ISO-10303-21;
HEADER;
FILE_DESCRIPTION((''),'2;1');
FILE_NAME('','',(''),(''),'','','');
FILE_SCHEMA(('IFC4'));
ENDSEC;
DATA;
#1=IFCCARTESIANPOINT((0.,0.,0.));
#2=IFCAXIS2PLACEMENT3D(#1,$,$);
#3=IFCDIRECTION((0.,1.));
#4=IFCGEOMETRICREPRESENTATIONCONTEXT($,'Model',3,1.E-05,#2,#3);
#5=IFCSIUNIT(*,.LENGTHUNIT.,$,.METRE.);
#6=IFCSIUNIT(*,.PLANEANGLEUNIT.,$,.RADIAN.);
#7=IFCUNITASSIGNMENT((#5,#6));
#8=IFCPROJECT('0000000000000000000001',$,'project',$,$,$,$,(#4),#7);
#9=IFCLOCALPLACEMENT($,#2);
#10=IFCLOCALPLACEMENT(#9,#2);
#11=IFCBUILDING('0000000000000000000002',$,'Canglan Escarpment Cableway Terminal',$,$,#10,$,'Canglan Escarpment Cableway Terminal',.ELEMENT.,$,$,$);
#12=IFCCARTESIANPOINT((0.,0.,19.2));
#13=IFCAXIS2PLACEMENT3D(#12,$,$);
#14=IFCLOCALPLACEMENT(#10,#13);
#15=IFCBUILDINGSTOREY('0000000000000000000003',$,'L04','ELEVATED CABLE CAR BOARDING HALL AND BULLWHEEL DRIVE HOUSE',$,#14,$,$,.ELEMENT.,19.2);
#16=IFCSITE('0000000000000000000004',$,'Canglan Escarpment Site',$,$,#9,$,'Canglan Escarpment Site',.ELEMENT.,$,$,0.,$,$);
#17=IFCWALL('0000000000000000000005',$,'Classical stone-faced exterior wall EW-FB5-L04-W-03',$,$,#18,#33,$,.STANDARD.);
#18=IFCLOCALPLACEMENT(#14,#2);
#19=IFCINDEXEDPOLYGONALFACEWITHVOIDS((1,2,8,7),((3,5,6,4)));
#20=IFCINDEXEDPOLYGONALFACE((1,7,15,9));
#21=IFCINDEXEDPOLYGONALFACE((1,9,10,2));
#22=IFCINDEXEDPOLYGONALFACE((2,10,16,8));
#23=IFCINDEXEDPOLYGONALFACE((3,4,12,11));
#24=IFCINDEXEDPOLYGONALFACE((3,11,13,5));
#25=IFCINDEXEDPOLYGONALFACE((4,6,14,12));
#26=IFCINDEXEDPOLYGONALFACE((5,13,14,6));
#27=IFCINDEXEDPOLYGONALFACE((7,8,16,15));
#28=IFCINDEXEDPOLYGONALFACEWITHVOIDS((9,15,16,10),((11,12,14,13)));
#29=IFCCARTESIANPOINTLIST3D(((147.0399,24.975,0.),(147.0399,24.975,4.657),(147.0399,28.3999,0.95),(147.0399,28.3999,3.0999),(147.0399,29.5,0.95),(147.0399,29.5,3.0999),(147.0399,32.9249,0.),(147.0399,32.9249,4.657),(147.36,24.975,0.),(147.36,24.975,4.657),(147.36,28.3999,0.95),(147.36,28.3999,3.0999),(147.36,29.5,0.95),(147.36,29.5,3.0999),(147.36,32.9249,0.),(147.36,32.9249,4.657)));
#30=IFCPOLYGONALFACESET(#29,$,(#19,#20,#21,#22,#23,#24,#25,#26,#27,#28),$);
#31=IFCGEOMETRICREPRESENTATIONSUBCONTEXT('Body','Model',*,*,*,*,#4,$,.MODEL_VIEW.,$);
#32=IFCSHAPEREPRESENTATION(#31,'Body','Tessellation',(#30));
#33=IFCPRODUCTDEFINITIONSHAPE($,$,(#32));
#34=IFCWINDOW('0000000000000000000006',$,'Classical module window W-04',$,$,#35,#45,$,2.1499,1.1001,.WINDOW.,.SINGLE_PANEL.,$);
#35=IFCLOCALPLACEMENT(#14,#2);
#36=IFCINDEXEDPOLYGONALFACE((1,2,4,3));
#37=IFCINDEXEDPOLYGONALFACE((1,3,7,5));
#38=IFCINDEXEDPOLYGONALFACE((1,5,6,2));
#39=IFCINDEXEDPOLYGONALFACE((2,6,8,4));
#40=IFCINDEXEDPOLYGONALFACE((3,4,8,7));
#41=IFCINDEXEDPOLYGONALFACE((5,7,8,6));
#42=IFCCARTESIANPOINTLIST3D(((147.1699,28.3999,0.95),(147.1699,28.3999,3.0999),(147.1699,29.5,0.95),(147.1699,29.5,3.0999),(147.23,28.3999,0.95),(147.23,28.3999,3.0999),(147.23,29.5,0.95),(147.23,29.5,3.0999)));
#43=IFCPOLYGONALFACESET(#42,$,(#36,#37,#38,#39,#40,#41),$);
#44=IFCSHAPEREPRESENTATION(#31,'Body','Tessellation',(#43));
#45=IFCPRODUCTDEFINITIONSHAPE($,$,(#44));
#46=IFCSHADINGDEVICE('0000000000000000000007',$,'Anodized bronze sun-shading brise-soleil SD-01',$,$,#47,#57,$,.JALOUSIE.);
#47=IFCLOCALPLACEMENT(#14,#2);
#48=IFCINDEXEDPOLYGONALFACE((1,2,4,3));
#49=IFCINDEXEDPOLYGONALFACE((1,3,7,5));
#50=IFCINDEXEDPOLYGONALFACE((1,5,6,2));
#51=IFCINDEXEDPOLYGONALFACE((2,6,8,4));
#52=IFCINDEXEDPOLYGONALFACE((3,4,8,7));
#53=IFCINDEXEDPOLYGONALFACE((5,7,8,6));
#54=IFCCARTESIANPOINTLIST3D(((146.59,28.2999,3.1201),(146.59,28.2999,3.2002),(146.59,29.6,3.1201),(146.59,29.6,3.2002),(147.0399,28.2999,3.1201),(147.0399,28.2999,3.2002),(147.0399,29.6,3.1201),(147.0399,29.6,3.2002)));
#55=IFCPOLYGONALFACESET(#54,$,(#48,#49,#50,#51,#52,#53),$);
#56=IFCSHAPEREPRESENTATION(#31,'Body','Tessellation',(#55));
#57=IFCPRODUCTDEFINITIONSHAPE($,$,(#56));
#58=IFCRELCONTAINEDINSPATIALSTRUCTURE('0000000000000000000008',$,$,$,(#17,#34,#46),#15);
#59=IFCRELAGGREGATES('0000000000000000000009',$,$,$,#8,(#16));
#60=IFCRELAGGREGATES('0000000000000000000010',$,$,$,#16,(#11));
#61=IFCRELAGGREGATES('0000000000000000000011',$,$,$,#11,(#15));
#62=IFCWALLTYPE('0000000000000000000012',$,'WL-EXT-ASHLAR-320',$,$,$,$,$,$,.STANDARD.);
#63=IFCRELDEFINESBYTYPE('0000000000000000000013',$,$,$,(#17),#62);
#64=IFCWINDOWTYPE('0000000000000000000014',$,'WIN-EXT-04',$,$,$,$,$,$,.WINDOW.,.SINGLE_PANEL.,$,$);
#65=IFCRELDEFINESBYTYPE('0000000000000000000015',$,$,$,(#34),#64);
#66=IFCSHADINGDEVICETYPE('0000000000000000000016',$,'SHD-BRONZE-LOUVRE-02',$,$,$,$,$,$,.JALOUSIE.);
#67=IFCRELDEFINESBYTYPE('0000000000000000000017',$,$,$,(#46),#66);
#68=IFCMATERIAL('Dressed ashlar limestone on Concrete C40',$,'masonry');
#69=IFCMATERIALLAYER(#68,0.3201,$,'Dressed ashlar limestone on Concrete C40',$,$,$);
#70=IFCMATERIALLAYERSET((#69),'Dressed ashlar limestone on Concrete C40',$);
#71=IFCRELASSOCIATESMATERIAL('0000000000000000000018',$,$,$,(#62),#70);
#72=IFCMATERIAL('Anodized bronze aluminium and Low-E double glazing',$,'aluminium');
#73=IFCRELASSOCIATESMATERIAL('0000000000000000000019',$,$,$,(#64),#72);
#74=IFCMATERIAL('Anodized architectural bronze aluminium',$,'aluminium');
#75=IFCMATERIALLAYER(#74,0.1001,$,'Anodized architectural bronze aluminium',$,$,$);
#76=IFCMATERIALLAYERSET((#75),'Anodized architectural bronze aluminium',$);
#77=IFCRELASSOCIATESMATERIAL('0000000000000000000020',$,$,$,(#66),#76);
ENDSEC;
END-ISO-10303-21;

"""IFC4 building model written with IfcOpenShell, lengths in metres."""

from ifc_helpers import new_model, si_unit, direction, frame, frame_2d, origin, origin_2d, place, context, subcontext, project, spatial, rectangle, extrude, material, layer, layer_set, type_object, element, fill, save


model = new_model("IFC4")

# Units and contexts
model_context = context("Model", 3, precision=1e-05, world=origin(), true_north=direction((0.0, 1.0)))
body_context = subcontext(model_context, "Body", "Model", "MODEL_VIEW")
ifc_project = project(units=[si_unit("LENGTHUNIT", "METRE"), si_unit("PLANEANGLEUNIT", "RADIAN")], contexts=[model_context])

# Site, building, storey
site_placement = place(None, origin())
site = spatial("IfcSite", under=ifc_project, at=site_placement, Name="Canglan Escarpment Site", LongName="Canglan Escarpment Site", CompositionType="ELEMENT", RefElevation=0.0)
building_placement = place(site_placement, origin())
building = spatial("IfcBuilding", under=site, at=building_placement, Name="Canglan Escarpment Cableway Terminal", LongName="Canglan Escarpment Cableway Terminal", CompositionType="ELEMENT")
storey_placement = place(building_placement, frame((0.0, 0.0, 19.2)))
storey = spatial("IfcBuildingStorey", under=building, at=storey_placement, Name="L04", Description="ELEVATED CABLE CAR BOARDING HALL AND BULLWHEEL DRIVE HOUSE", CompositionType="ELEMENT", Elevation=19.2)

# Shared definitions
ifc_material_1 = material(Name="Anodized bronze aluminium and Low-E double glazing", Category="aluminium")

# Wall, opening, window
ifc_material_2 = material(Name="Dressed ashlar limestone on Concrete C40", Category="masonry")
ifc_layer_1 = layer(ifc_material_2, 0.3201, Name="Dressed ashlar limestone on Concrete C40")
ifc_layer_set_1 = layer_set([ifc_layer_1], Name="Dressed ashlar limestone on Concrete C40")
wall_type = type_object("IfcWallType", Name="WL-EXT-ASHLAR-320", PredefinedType="STANDARD", material=ifc_layer_set_1)
wall_placement = place(storey_placement, frame((147.2, 32.925, 0.0), z_axis=(0.0, 0.0, 1.0), x_axis=(0.0, -1.0, 0.0)))
wall = element("IfcWall", 1, at=wall_placement, inside=storey, type_object=wall_type, Name="Classical stone-faced exterior wall EW-FB5-L04-W-03", PredefinedType="STANDARD", context=body_context, shape_type="SweptSolid", body=[
    extrude(rectangle(XDim=7.95, YDim=0.3201, at=frame_2d((3.9751, 0.0))), origin(), (0.0, 0.0, 1.0), 4.657),
])
opening_placement = place(wall_placement, frame((3.425, 0.0, 0.95)))
opening = element("IfcOpeningElement", 2, at=opening_placement, cuts=wall, PredefinedType="OPENING", context=body_context, shape_type="SweptSolid", body=[
    extrude(rectangle(XDim=1.1001, YDim=2.1499, at=frame_2d((0.55, 1.075))), frame((0.0, 0.1699, 0.0), z_axis=(0.0, -1.0, 0.0), x_axis=(1.0, 0.0, 0.0)), (0.0, 0.0, 1.0), 0.3401),
])
window_type = type_object("IfcWindowType", Name="WIN-EXT-04", PartitioningType="SINGLE_PANEL", PredefinedType="WINDOW", material=ifc_material_1)
window_placement = place(opening_placement, origin())
window = element("IfcWindow", 3, at=window_placement, inside=storey, type_object=window_type, Name="Classical module window W-04", OverallHeight=2.1499, OverallWidth=1.1001, PartitioningType="SINGLE_PANEL", PredefinedType="WINDOW", context=body_context, shape_type="SweptSolid", body=[
    extrude(rectangle(XDim=1.1001, YDim=2.1499, at=frame_2d((0.55, 1.075))), frame((0.0, 0.03, 0.0), z_axis=(0.0, -1.0, 0.0), x_axis=(1.0, 0.0, 0.0)), (0.0, 0.0, 1.0), 0.0601),
])
fill(opening, window)

# Shading device
ifc_material_3 = material(Name="Anodized architectural bronze aluminium", Category="aluminium")
ifc_layer_2 = layer(ifc_material_3, 0.1001, Name="Anodized architectural bronze aluminium")
ifc_layer_set_2 = layer_set([ifc_layer_2], Name="Anodized architectural bronze aluminium")
shading_device_type = type_object("IfcShadingDeviceType", Name="SHD-BRONZE-LOUVRE-02", PredefinedType="JALOUSIE", material=ifc_layer_set_2)
shading_device_placement = place(storey_placement, frame((146.8149, 28.95, 3.1201), z_axis=(0.0, 0.0, 1.0), x_axis=(0.0, -1.0, 0.0)))
element("IfcShadingDevice", 4, at=shading_device_placement, inside=storey, type_object=shading_device_type, Name="Anodized bronze sun-shading brise-soleil SD-01", PredefinedType="JALOUSIE", context=body_context, shape_type="SweptSolid", body=[
    extrude(rectangle(XDim=1.3, YDim=0.45, at=origin_2d()), origin(), (0.0, 0.0, 1.0), 0.0801),
])

save(model, "model.ifc")
